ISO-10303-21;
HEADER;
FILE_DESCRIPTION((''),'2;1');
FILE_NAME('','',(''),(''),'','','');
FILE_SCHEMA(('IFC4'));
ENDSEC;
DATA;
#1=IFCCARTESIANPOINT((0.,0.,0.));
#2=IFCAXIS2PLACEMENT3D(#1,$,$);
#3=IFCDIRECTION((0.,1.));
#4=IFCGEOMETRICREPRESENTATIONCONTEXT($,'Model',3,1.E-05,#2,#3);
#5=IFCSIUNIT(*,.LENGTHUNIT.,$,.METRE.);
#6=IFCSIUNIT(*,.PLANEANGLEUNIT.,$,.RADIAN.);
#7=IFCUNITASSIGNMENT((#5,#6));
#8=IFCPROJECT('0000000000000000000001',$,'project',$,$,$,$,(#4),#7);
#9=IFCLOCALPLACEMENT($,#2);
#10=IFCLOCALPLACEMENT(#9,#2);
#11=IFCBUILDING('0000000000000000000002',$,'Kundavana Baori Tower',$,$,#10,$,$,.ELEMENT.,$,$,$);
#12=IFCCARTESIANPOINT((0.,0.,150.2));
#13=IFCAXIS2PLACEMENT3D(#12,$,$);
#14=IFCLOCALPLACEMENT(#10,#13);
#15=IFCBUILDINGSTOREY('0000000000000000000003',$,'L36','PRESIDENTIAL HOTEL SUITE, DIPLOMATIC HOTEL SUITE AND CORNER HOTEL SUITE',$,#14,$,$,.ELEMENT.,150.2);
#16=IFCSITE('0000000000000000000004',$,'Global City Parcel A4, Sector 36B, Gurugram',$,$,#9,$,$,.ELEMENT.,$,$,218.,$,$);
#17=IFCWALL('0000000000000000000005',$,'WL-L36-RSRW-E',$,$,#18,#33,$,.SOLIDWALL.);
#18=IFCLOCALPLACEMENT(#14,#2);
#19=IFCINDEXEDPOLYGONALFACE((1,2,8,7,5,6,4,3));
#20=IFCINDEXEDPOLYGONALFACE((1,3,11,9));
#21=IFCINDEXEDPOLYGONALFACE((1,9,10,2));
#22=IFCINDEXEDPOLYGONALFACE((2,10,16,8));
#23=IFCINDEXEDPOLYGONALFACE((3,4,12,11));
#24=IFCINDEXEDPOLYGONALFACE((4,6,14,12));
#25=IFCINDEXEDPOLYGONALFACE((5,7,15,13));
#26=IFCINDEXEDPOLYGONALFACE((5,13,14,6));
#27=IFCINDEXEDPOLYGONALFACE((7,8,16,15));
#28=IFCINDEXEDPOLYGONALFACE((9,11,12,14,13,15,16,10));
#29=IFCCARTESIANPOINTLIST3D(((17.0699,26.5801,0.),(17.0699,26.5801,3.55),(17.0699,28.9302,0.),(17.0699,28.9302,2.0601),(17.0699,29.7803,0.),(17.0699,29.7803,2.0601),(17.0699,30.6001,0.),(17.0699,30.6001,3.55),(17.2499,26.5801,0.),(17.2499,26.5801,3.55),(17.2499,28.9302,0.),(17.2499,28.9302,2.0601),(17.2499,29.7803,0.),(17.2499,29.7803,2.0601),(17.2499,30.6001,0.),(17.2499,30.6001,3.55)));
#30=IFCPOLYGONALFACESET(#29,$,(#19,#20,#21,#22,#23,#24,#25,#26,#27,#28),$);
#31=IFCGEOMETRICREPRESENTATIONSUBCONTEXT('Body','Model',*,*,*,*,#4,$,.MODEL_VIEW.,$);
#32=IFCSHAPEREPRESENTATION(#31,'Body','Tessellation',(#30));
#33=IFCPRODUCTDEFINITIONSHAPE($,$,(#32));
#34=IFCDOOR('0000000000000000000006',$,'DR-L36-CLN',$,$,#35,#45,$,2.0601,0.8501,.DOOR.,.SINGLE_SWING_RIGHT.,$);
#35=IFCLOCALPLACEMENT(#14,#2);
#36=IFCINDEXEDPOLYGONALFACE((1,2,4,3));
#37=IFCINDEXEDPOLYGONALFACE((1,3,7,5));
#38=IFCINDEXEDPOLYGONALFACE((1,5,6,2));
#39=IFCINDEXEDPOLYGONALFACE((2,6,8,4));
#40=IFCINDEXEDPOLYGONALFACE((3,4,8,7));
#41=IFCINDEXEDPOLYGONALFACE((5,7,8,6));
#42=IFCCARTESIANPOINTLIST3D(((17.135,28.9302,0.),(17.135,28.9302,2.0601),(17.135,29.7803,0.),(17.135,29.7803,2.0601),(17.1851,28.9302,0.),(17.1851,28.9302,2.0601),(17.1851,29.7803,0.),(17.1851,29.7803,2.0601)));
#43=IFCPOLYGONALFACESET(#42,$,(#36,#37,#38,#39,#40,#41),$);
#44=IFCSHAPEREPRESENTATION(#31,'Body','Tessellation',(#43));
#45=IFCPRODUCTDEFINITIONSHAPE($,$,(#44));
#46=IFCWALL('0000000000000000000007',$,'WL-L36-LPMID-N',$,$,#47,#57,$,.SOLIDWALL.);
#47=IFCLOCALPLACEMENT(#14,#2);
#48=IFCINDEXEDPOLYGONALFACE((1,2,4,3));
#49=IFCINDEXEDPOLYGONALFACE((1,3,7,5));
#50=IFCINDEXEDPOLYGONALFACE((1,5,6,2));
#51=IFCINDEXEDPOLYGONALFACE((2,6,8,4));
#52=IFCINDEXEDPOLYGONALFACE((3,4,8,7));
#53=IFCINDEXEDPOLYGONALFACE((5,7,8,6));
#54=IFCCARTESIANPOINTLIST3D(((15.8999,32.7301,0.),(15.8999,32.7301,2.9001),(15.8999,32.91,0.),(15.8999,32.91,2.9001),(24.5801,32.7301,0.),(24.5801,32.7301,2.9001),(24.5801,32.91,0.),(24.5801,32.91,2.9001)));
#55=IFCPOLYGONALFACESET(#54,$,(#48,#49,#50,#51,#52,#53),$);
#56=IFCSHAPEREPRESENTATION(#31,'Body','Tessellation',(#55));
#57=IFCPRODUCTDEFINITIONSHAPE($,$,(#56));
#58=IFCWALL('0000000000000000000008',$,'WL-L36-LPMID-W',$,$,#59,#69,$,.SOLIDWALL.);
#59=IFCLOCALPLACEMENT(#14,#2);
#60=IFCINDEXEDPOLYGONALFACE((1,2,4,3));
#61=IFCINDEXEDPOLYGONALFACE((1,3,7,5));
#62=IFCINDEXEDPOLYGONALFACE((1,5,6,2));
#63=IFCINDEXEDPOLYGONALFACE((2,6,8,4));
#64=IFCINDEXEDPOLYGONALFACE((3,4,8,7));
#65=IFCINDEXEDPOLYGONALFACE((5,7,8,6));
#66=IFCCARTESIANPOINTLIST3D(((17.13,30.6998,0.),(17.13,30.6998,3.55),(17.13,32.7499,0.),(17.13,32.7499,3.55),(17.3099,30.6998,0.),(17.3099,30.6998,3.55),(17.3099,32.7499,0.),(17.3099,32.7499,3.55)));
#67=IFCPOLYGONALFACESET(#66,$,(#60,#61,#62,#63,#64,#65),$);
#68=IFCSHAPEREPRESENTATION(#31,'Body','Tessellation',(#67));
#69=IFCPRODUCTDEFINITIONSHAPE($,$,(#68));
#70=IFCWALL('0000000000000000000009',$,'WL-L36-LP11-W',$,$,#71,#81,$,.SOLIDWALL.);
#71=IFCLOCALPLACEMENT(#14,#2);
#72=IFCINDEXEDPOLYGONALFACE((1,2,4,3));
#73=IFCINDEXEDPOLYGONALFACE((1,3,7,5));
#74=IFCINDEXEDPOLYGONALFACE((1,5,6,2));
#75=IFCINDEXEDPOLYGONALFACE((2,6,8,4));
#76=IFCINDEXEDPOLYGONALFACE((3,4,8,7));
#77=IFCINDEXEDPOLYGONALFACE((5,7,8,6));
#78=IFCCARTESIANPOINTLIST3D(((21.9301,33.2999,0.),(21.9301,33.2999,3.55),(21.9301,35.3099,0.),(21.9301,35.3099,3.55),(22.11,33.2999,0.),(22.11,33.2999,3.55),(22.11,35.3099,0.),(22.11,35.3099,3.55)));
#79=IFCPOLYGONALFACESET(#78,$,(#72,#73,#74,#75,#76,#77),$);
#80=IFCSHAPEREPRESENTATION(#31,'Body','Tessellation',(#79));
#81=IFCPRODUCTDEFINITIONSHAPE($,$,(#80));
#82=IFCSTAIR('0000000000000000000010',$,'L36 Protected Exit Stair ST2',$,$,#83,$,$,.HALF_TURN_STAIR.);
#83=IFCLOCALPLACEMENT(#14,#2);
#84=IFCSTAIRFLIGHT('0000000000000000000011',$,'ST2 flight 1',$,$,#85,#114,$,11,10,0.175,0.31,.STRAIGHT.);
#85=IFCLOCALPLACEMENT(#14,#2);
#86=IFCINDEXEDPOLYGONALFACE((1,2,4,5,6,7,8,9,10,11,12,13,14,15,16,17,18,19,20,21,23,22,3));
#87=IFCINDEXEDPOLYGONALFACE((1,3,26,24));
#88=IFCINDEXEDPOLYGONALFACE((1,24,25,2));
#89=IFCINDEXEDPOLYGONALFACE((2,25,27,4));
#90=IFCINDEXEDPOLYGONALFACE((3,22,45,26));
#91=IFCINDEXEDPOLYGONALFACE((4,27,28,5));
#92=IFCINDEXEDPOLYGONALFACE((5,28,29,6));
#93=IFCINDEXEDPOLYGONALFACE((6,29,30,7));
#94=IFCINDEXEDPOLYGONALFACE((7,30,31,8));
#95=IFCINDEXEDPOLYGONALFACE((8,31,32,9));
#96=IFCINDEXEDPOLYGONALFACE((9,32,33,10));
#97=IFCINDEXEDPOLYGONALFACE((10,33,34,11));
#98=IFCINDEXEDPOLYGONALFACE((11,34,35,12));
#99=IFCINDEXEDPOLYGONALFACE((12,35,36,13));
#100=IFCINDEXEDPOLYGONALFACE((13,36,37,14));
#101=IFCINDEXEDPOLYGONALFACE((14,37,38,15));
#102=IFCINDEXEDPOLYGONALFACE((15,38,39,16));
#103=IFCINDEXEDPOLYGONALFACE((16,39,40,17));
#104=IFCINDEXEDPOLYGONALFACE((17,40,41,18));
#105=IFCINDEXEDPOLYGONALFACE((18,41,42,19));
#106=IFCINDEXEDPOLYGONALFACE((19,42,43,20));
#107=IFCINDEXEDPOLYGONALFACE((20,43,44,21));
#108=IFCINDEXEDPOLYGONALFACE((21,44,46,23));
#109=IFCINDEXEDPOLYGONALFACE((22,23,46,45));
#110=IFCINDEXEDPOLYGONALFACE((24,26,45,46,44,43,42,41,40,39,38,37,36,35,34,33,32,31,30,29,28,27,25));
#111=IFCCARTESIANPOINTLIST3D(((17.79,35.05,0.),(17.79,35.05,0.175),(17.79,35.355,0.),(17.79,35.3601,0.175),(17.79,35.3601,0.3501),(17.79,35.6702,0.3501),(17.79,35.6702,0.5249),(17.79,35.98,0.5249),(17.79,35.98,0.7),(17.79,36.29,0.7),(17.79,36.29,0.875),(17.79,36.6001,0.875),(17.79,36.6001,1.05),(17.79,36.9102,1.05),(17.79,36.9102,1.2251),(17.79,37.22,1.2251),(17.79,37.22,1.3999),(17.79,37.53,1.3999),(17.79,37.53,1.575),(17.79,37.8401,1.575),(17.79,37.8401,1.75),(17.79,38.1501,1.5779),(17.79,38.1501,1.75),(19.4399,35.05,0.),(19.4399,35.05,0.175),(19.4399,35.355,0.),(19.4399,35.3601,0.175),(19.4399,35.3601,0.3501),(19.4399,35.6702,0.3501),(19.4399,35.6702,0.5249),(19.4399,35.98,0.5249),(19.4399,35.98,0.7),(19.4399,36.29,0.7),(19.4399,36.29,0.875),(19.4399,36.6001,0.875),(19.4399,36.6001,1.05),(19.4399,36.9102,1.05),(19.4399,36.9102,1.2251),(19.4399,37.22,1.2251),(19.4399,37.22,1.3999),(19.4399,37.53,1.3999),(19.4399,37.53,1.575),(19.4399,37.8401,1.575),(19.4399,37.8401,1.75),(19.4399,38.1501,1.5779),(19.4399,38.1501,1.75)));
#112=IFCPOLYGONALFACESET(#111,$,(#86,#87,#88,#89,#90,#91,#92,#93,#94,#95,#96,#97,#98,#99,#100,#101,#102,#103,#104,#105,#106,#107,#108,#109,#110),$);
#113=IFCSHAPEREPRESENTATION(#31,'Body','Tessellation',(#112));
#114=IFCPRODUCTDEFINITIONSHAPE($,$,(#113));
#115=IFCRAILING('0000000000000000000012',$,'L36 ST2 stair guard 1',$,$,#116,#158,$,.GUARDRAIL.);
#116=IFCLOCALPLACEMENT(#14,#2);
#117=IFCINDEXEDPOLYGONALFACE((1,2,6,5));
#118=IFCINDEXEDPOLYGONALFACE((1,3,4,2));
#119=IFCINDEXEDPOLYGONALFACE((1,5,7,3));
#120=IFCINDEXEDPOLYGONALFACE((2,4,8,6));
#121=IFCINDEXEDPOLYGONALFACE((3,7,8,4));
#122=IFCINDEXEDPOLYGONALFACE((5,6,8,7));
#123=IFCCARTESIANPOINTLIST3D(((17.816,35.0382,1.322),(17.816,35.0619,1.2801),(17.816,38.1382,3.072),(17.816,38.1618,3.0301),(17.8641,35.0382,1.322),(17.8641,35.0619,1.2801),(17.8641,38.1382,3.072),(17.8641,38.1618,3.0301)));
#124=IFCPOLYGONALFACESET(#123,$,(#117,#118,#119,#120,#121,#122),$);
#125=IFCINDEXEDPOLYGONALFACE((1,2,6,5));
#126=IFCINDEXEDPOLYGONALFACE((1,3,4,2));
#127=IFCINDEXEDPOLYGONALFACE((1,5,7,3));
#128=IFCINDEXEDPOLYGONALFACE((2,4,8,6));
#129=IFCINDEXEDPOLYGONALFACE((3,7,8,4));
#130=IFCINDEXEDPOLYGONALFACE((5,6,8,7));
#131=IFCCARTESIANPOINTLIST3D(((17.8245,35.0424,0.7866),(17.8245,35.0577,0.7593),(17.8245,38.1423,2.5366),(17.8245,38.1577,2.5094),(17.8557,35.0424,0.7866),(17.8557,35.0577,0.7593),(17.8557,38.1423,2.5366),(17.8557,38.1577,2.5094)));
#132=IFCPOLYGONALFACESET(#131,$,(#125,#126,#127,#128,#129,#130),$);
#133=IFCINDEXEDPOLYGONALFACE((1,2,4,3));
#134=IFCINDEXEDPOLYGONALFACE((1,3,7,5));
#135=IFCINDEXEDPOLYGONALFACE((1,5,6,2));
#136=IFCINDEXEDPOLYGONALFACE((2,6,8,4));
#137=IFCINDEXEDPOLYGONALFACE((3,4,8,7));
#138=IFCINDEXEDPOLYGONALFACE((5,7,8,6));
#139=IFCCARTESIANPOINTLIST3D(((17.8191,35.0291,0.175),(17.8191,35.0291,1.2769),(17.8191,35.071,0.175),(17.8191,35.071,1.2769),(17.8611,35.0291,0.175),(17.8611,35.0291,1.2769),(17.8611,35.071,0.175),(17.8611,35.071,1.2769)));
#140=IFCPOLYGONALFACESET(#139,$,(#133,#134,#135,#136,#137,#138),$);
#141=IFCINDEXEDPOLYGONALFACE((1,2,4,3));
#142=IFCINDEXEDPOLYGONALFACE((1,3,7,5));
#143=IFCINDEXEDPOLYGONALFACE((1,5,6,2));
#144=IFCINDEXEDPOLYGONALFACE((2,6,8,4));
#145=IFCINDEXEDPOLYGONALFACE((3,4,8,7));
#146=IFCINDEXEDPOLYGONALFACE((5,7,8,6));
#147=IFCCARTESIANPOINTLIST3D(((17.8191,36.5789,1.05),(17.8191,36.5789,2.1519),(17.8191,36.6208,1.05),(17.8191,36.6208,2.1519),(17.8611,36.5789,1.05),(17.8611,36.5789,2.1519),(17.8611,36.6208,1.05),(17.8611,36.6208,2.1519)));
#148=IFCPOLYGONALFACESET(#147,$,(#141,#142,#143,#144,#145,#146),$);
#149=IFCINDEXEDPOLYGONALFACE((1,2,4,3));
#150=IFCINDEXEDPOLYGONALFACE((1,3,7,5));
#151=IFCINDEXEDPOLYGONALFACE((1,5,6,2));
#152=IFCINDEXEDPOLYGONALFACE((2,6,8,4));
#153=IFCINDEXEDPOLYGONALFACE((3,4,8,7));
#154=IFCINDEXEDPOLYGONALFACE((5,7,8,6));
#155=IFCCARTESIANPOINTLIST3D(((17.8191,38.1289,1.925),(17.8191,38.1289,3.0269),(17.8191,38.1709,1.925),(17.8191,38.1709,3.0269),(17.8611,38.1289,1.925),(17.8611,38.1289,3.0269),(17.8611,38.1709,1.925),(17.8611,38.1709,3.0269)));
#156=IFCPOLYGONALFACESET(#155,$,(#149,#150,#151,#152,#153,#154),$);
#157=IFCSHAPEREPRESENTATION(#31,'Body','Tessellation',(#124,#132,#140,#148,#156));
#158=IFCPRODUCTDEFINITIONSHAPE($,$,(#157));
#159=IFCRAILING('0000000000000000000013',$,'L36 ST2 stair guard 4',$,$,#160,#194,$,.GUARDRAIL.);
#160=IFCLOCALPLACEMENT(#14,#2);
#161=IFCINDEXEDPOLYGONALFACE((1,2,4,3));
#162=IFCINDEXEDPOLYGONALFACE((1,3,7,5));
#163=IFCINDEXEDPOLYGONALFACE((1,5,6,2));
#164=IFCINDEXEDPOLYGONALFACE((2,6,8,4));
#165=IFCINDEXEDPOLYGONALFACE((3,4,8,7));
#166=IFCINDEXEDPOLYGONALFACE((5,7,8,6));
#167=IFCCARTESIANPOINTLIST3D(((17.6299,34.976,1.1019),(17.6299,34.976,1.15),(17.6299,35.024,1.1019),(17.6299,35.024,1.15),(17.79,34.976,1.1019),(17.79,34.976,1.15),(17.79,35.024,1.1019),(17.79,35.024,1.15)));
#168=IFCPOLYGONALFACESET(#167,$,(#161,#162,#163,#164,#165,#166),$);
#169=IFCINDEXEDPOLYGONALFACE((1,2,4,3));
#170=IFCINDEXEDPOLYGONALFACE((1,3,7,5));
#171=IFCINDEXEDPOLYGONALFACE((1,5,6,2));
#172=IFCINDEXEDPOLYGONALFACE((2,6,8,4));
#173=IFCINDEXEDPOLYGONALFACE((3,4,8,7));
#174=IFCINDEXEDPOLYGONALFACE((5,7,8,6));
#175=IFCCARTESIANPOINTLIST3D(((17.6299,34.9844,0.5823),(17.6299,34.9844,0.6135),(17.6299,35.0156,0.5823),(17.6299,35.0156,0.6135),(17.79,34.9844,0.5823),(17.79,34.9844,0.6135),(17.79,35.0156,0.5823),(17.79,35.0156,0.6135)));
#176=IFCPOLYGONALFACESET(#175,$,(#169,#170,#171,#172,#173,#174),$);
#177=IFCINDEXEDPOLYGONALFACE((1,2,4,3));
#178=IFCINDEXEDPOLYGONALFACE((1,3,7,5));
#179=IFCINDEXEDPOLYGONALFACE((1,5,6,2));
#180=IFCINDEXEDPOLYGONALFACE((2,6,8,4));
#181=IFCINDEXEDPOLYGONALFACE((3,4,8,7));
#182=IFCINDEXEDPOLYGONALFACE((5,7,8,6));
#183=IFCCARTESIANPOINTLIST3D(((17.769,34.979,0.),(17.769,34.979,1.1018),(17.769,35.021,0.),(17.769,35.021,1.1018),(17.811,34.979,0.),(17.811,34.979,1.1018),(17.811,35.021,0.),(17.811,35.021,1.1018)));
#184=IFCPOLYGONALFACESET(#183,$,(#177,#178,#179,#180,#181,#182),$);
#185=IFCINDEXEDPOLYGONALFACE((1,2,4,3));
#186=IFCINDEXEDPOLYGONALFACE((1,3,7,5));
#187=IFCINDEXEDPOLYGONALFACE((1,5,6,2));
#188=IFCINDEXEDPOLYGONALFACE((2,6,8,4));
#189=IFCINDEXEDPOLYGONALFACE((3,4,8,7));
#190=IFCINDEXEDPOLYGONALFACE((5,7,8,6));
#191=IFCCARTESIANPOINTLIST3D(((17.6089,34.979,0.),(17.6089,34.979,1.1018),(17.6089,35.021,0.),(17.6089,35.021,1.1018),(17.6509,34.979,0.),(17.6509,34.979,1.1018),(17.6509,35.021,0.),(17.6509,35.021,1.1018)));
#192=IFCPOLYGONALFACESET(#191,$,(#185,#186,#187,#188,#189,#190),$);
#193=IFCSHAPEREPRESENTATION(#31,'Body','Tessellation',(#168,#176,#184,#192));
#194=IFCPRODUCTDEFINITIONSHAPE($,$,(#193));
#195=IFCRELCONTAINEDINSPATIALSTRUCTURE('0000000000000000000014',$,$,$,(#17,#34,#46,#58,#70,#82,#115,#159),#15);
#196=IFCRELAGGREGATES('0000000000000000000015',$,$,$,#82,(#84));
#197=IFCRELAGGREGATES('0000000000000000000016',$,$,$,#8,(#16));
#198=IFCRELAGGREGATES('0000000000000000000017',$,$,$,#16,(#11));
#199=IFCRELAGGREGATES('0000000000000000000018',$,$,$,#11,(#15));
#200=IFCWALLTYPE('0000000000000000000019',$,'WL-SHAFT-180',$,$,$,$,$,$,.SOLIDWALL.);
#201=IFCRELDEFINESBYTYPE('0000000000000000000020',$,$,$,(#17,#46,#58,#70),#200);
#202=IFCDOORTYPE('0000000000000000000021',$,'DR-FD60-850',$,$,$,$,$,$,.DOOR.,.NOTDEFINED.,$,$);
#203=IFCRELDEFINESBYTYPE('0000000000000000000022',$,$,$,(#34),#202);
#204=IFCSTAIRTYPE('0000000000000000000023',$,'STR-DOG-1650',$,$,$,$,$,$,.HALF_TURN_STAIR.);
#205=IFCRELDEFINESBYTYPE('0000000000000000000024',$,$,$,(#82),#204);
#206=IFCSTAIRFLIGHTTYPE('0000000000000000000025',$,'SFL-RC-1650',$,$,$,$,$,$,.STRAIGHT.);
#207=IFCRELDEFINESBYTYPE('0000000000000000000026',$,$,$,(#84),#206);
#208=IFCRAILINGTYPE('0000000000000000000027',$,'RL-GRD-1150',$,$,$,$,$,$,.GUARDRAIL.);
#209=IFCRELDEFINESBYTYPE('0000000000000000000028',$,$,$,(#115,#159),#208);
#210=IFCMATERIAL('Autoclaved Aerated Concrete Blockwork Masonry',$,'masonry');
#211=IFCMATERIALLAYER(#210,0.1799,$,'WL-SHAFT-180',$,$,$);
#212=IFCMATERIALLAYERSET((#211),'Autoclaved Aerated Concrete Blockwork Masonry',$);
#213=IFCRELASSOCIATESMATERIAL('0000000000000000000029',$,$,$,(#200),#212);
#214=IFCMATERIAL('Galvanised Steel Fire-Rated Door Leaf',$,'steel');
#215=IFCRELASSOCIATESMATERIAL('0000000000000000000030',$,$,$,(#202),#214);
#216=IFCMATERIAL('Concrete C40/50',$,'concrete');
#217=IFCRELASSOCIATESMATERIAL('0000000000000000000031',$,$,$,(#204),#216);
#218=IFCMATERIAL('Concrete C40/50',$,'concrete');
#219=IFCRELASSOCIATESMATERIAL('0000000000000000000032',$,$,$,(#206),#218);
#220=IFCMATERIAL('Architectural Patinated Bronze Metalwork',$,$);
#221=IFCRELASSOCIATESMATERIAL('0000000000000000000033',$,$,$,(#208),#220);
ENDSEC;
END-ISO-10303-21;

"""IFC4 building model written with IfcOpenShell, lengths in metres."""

from ifc_helpers import new_model, si_unit, direction, frame, frame_2d, origin, origin_2d, place, context, subcontext, project, spatial, polyline, rectangle, outline, extrude, material, layer, layer_set, type_object, element, fill, aggregate, save


model = new_model("IFC4")

# Units and contexts
model_context = context("Model", 3, precision=1e-05, world=origin(), true_north=direction((0.0, 1.0)))
body_context = subcontext(model_context, "Body", "Model", "MODEL_VIEW")
ifc_project = project(units=[si_unit("LENGTHUNIT", "METRE"), si_unit("PLANEANGLEUNIT", "RADIAN")], contexts=[model_context])

# Site, building, storey
site_placement = place(None, origin())
site = spatial("IfcSite", under=ifc_project, at=site_placement, Name="Global City Parcel A4, Sector 36B, Gurugram", CompositionType="ELEMENT", RefElevation=218.0)
building_placement = place(site_placement, origin())
building = spatial("IfcBuilding", under=site, at=building_placement, Name="Kundavana Baori Tower", CompositionType="ELEMENT")
storey_placement = place(building_placement, frame((0.0, 0.0, 150.2)))
storey = spatial("IfcBuildingStorey", under=building, at=storey_placement, Name="L36", Description="PRESIDENTIAL HOTEL SUITE, DIPLOMATIC HOTEL SUITE AND CORNER HOTEL SUITE", CompositionType="ELEMENT", Elevation=150.2)

# Wall, opening, door
ifc_material_1 = material(Name="Autoclaved Aerated Concrete Blockwork Masonry", Category="masonry")
ifc_layer_1 = layer(ifc_material_1, 0.1799, Name="WL-SHAFT-180")
ifc_layer_set_1 = layer_set([ifc_layer_1], Name="Autoclaved Aerated Concrete Blockwork Masonry")
wall_type_1 = type_object("IfcWallType", Name="WL-SHAFT-180", PredefinedType="SOLIDWALL", material=ifc_layer_set_1)
wall_1_placement = place(storey_placement, frame((17.1599, 26.5801, 0.0), z_axis=(0.0, 0.0, 1.0), x_axis=(0.0, 1.0, 0.0)))
wall_1 = element("IfcWall", 1, at=wall_1_placement, inside=storey, type_object=wall_type_1, Name="WL-L36-RSRW-E", PredefinedType="SOLIDWALL", context=body_context, shape_type="SweptSolid", body=[
    extrude(rectangle(XDim=4.02, YDim=0.1799, at=frame_2d((2.01, 0.0))), origin(), (0.0, 0.0, 1.0), 3.55),
])
opening_1_placement = place(wall_1_placement, frame((2.3501, 0.0, 0.0)))
opening_1 = element("IfcOpeningElement", 2, at=opening_1_placement, cuts=wall_1, PredefinedType="OPENING", context=body_context, shape_type="SweptSolid", body=[
    extrude(rectangle(XDim=0.8501, YDim=2.0601, at=frame_2d((0.425, 1.03))), frame((0.0, 0.1001, 0.0), z_axis=(0.0, -1.0, 0.0), x_axis=(1.0, 0.0, 0.0)), (0.0, 0.0, 1.0), 0.2),
])
ifc_material_2 = material(Name="Galvanised Steel Fire-Rated Door Leaf", Category="steel")
door_type_1 = type_object("IfcDoorType", Name="DR-FD60-850", OperationType="NOTDEFINED", PredefinedType="DOOR", material=ifc_material_2)
door_1_placement = place(opening_1_placement, origin())
door_1 = element("IfcDoor", 3, at=door_1_placement, inside=storey, type_object=door_type_1, Name="DR-L36-CLN", OperationType="SINGLE_SWING_RIGHT", OverallHeight=2.0601, OverallWidth=0.8501, PredefinedType="DOOR", context=body_context, shape_type="SweptSolid", body=[
    extrude(rectangle(XDim=0.8501, YDim=2.0601, at=frame_2d((0.425, 1.03))), frame((0.0, 0.0249, 0.0), z_axis=(0.0, -1.0, 0.0), x_axis=(1.0, 0.0, 0.0)), (0.0, 0.0, 1.0), 0.05),
])
fill(opening_1, door_1)

# Walls
wall_2_placement = place(storey_placement, frame((15.8999, 32.8201, 0.0), z_axis=(0.0, 0.0, 1.0), x_axis=(1.0, 0.0, 0.0)))
element("IfcWall", 4, at=wall_2_placement, inside=storey, type_object=wall_type_1, Name="WL-L36-LPMID-N", PredefinedType="SOLIDWALL", context=body_context, shape_type="SweptSolid", body=[
    extrude(rectangle(XDim=8.6802, YDim=0.1799, at=frame_2d((4.3401, 0.0))), origin(), (0.0, 0.0, 1.0), 2.9001),
])
wall_3_placement = place(storey_placement, frame((17.22, 30.7, 0.0), z_axis=(0.0, 0.0, 1.0), x_axis=(0.0, 1.0, 0.0)))
element("IfcWall", 5, at=wall_3_placement, inside=storey, type_object=wall_type_1, Name="WL-L36-LPMID-W", PredefinedType="SOLIDWALL", context=body_context, shape_type="SweptSolid", body=[
    extrude(rectangle(XDim=2.05, YDim=0.1799, at=frame_2d((1.0249, 0.0))), origin(), (0.0, 0.0, 1.0), 3.55),
])
wall_4_placement = place(storey_placement, frame((22.02, 33.3, 0.0), z_axis=(0.0, 0.0, 1.0), x_axis=(0.0, 1.0, 0.0)))
element("IfcWall", 6, at=wall_4_placement, inside=storey, type_object=wall_type_1, Name="WL-L36-LP11-W", PredefinedType="SOLIDWALL", context=body_context, shape_type="SweptSolid", body=[
    extrude(rectangle(XDim=2.01, YDim=0.1799, at=frame_2d((1.0049, 0.0))), origin(), (0.0, 0.0, 1.0), 3.55),
])

# Stair, stair flight
ifc_material_3 = material(Name="Concrete C40/50", Category="concrete")
stair_type = type_object("IfcStairType", Name="STR-DOG-1650", PredefinedType="HALF_TURN_STAIR", material=ifc_material_3)
stair_placement = place(storey_placement, origin())
stair = element("IfcStair", 7, at=stair_placement, inside=storey, type_object=stair_type, Name="L36 Protected Exit Stair ST2", PredefinedType="HALF_TURN_STAIR")
ifc_material_4 = material(Name="Concrete C40/50", Category="concrete")
stair_flight_type = type_object("IfcStairFlightType", Name="SFL-RC-1650", PredefinedType="STRAIGHT", material=ifc_material_4)
stair_flight_placement = place(storey_placement, frame((18.615, 35.05, 0.0), z_axis=(0.0, 0.0, 1.0), x_axis=(0.0, 1.0, 0.0)))
stair_flight = element("IfcStairFlight", 8, at=stair_flight_placement, type_object=stair_flight_type, Name="ST2 flight 1", NumberOfRisers=11, NumberOfTreads=10, PredefinedType="STRAIGHT", RiserHeight=0.175, TreadLength=0.31, context=body_context, shape_type="SweptSolid", body=[
    extrude(outline(polyline([(0.0, 0.0), (0.0, 0.175), (0.3101, 0.175), (0.3101, 0.3501), (0.6201, 0.3501), (0.6201, 0.5249), (0.9299, 0.5249), (0.9299, 0.7), (1.24, 0.7), (1.24, 0.875), (1.55, 0.875), (1.55, 1.05), (1.8601, 1.05), (1.8601, 1.2251), (2.1699, 1.2251), (2.1699, 1.3999), (2.48, 1.3999), (2.48, 1.575), (2.79, 1.575), (2.79, 1.75), (3.1001, 1.75), (3.1001, 1.925), (3.1001, 1.5779), (0.3049, 0.0), (0.0, 0.0)])), frame((0.0, 0.825, 0.0), z_axis=(0.0, -1.0, 0.0), x_axis=(1.0, 0.0, 0.0)), (0.0, 0.0, 1.0), 1.6499),
])
aggregate(stair, [stair_flight])

# Railings
ifc_material_5 = material(Name="Architectural Patinated Bronze Metalwork")
railing_type = type_object("IfcRailingType", Name="RL-GRD-1150", PredefinedType="GUARDRAIL", material=ifc_material_5)
railing_1_placement = place(storey_placement, frame((17.8401, 35.05, 0.175)))
element("IfcRailing", 9, at=railing_1_placement, inside=storey, type_object=railing_type, Name="L36 ST2 stair guard 1", PredefinedType="GUARDRAIL", context=body_context, shape_type="SweptSolid", body=[
    extrude(rectangle(XDim=0.0481, YDim=0.0481, at=origin_2d()), frame((0.0, 0.0, 1.126), z_axis=(0.0, 0.870814, 0.491612), x_axis=(-1.0, 0.0, 0.0)), (0.0, 0.0, 1.0), 3.5598),
    extrude(rectangle(XDim=0.0312, YDim=0.0312, at=origin_2d()), frame((0.0, 0.0, 0.5979), z_axis=(0.0, 0.870814, 0.491612), x_axis=(-1.0, 0.0, 0.0)), (0.0, 0.0, 1.0), 3.5598),
    extrude(rectangle(XDim=0.042, YDim=0.042, at=origin_2d()), origin(), (0.0, 0.0, 1.0), 1.1018),
    extrude(rectangle(XDim=0.042, YDim=0.042, at=origin_2d()), frame((0.0, 1.5498, 0.875)), (0.0, 0.0, 1.0), 1.1018),
    extrude(rectangle(XDim=0.042, YDim=0.042, at=origin_2d()), frame((0.0, 3.0999, 1.75)), (0.0, 0.0, 1.0), 1.1018),
])
railing_2_placement = place(storey_placement, frame((17.79, 35.0, 0.0)))
element("IfcRailing", 10, at=railing_2_placement, inside=storey, type_object=railing_type, Name="L36 ST2 stair guard 4", PredefinedType="GUARDRAIL", context=body_context, shape_type="SweptSolid", body=[
    extrude(rectangle(XDim=0.0481, YDim=0.0481, at=origin_2d()), frame((0.0, 0.0, 1.126), z_axis=(-1.0, 0.0, 0.0), x_axis=(0.0, -1.0, 0.0)), (0.0, 0.0, 1.0), 0.1602),
    extrude(rectangle(XDim=0.0312, YDim=0.0312, at=origin_2d()), frame((0.0, 0.0, 0.5979), z_axis=(-1.0, 0.0, 0.0), x_axis=(0.0, -1.0, 0.0)), (0.0, 0.0, 1.0), 0.1602),
    extrude(rectangle(XDim=0.042, YDim=0.042, at=origin_2d()), origin(), (0.0, 0.0, 1.0), 1.1018),
    extrude(rectangle(XDim=0.042, YDim=0.042, at=origin_2d()), frame((-0.1602, 0.0, 0.0)), (0.0, 0.0, 1.0), 1.1018),
])

save(model, "model.ifc")
